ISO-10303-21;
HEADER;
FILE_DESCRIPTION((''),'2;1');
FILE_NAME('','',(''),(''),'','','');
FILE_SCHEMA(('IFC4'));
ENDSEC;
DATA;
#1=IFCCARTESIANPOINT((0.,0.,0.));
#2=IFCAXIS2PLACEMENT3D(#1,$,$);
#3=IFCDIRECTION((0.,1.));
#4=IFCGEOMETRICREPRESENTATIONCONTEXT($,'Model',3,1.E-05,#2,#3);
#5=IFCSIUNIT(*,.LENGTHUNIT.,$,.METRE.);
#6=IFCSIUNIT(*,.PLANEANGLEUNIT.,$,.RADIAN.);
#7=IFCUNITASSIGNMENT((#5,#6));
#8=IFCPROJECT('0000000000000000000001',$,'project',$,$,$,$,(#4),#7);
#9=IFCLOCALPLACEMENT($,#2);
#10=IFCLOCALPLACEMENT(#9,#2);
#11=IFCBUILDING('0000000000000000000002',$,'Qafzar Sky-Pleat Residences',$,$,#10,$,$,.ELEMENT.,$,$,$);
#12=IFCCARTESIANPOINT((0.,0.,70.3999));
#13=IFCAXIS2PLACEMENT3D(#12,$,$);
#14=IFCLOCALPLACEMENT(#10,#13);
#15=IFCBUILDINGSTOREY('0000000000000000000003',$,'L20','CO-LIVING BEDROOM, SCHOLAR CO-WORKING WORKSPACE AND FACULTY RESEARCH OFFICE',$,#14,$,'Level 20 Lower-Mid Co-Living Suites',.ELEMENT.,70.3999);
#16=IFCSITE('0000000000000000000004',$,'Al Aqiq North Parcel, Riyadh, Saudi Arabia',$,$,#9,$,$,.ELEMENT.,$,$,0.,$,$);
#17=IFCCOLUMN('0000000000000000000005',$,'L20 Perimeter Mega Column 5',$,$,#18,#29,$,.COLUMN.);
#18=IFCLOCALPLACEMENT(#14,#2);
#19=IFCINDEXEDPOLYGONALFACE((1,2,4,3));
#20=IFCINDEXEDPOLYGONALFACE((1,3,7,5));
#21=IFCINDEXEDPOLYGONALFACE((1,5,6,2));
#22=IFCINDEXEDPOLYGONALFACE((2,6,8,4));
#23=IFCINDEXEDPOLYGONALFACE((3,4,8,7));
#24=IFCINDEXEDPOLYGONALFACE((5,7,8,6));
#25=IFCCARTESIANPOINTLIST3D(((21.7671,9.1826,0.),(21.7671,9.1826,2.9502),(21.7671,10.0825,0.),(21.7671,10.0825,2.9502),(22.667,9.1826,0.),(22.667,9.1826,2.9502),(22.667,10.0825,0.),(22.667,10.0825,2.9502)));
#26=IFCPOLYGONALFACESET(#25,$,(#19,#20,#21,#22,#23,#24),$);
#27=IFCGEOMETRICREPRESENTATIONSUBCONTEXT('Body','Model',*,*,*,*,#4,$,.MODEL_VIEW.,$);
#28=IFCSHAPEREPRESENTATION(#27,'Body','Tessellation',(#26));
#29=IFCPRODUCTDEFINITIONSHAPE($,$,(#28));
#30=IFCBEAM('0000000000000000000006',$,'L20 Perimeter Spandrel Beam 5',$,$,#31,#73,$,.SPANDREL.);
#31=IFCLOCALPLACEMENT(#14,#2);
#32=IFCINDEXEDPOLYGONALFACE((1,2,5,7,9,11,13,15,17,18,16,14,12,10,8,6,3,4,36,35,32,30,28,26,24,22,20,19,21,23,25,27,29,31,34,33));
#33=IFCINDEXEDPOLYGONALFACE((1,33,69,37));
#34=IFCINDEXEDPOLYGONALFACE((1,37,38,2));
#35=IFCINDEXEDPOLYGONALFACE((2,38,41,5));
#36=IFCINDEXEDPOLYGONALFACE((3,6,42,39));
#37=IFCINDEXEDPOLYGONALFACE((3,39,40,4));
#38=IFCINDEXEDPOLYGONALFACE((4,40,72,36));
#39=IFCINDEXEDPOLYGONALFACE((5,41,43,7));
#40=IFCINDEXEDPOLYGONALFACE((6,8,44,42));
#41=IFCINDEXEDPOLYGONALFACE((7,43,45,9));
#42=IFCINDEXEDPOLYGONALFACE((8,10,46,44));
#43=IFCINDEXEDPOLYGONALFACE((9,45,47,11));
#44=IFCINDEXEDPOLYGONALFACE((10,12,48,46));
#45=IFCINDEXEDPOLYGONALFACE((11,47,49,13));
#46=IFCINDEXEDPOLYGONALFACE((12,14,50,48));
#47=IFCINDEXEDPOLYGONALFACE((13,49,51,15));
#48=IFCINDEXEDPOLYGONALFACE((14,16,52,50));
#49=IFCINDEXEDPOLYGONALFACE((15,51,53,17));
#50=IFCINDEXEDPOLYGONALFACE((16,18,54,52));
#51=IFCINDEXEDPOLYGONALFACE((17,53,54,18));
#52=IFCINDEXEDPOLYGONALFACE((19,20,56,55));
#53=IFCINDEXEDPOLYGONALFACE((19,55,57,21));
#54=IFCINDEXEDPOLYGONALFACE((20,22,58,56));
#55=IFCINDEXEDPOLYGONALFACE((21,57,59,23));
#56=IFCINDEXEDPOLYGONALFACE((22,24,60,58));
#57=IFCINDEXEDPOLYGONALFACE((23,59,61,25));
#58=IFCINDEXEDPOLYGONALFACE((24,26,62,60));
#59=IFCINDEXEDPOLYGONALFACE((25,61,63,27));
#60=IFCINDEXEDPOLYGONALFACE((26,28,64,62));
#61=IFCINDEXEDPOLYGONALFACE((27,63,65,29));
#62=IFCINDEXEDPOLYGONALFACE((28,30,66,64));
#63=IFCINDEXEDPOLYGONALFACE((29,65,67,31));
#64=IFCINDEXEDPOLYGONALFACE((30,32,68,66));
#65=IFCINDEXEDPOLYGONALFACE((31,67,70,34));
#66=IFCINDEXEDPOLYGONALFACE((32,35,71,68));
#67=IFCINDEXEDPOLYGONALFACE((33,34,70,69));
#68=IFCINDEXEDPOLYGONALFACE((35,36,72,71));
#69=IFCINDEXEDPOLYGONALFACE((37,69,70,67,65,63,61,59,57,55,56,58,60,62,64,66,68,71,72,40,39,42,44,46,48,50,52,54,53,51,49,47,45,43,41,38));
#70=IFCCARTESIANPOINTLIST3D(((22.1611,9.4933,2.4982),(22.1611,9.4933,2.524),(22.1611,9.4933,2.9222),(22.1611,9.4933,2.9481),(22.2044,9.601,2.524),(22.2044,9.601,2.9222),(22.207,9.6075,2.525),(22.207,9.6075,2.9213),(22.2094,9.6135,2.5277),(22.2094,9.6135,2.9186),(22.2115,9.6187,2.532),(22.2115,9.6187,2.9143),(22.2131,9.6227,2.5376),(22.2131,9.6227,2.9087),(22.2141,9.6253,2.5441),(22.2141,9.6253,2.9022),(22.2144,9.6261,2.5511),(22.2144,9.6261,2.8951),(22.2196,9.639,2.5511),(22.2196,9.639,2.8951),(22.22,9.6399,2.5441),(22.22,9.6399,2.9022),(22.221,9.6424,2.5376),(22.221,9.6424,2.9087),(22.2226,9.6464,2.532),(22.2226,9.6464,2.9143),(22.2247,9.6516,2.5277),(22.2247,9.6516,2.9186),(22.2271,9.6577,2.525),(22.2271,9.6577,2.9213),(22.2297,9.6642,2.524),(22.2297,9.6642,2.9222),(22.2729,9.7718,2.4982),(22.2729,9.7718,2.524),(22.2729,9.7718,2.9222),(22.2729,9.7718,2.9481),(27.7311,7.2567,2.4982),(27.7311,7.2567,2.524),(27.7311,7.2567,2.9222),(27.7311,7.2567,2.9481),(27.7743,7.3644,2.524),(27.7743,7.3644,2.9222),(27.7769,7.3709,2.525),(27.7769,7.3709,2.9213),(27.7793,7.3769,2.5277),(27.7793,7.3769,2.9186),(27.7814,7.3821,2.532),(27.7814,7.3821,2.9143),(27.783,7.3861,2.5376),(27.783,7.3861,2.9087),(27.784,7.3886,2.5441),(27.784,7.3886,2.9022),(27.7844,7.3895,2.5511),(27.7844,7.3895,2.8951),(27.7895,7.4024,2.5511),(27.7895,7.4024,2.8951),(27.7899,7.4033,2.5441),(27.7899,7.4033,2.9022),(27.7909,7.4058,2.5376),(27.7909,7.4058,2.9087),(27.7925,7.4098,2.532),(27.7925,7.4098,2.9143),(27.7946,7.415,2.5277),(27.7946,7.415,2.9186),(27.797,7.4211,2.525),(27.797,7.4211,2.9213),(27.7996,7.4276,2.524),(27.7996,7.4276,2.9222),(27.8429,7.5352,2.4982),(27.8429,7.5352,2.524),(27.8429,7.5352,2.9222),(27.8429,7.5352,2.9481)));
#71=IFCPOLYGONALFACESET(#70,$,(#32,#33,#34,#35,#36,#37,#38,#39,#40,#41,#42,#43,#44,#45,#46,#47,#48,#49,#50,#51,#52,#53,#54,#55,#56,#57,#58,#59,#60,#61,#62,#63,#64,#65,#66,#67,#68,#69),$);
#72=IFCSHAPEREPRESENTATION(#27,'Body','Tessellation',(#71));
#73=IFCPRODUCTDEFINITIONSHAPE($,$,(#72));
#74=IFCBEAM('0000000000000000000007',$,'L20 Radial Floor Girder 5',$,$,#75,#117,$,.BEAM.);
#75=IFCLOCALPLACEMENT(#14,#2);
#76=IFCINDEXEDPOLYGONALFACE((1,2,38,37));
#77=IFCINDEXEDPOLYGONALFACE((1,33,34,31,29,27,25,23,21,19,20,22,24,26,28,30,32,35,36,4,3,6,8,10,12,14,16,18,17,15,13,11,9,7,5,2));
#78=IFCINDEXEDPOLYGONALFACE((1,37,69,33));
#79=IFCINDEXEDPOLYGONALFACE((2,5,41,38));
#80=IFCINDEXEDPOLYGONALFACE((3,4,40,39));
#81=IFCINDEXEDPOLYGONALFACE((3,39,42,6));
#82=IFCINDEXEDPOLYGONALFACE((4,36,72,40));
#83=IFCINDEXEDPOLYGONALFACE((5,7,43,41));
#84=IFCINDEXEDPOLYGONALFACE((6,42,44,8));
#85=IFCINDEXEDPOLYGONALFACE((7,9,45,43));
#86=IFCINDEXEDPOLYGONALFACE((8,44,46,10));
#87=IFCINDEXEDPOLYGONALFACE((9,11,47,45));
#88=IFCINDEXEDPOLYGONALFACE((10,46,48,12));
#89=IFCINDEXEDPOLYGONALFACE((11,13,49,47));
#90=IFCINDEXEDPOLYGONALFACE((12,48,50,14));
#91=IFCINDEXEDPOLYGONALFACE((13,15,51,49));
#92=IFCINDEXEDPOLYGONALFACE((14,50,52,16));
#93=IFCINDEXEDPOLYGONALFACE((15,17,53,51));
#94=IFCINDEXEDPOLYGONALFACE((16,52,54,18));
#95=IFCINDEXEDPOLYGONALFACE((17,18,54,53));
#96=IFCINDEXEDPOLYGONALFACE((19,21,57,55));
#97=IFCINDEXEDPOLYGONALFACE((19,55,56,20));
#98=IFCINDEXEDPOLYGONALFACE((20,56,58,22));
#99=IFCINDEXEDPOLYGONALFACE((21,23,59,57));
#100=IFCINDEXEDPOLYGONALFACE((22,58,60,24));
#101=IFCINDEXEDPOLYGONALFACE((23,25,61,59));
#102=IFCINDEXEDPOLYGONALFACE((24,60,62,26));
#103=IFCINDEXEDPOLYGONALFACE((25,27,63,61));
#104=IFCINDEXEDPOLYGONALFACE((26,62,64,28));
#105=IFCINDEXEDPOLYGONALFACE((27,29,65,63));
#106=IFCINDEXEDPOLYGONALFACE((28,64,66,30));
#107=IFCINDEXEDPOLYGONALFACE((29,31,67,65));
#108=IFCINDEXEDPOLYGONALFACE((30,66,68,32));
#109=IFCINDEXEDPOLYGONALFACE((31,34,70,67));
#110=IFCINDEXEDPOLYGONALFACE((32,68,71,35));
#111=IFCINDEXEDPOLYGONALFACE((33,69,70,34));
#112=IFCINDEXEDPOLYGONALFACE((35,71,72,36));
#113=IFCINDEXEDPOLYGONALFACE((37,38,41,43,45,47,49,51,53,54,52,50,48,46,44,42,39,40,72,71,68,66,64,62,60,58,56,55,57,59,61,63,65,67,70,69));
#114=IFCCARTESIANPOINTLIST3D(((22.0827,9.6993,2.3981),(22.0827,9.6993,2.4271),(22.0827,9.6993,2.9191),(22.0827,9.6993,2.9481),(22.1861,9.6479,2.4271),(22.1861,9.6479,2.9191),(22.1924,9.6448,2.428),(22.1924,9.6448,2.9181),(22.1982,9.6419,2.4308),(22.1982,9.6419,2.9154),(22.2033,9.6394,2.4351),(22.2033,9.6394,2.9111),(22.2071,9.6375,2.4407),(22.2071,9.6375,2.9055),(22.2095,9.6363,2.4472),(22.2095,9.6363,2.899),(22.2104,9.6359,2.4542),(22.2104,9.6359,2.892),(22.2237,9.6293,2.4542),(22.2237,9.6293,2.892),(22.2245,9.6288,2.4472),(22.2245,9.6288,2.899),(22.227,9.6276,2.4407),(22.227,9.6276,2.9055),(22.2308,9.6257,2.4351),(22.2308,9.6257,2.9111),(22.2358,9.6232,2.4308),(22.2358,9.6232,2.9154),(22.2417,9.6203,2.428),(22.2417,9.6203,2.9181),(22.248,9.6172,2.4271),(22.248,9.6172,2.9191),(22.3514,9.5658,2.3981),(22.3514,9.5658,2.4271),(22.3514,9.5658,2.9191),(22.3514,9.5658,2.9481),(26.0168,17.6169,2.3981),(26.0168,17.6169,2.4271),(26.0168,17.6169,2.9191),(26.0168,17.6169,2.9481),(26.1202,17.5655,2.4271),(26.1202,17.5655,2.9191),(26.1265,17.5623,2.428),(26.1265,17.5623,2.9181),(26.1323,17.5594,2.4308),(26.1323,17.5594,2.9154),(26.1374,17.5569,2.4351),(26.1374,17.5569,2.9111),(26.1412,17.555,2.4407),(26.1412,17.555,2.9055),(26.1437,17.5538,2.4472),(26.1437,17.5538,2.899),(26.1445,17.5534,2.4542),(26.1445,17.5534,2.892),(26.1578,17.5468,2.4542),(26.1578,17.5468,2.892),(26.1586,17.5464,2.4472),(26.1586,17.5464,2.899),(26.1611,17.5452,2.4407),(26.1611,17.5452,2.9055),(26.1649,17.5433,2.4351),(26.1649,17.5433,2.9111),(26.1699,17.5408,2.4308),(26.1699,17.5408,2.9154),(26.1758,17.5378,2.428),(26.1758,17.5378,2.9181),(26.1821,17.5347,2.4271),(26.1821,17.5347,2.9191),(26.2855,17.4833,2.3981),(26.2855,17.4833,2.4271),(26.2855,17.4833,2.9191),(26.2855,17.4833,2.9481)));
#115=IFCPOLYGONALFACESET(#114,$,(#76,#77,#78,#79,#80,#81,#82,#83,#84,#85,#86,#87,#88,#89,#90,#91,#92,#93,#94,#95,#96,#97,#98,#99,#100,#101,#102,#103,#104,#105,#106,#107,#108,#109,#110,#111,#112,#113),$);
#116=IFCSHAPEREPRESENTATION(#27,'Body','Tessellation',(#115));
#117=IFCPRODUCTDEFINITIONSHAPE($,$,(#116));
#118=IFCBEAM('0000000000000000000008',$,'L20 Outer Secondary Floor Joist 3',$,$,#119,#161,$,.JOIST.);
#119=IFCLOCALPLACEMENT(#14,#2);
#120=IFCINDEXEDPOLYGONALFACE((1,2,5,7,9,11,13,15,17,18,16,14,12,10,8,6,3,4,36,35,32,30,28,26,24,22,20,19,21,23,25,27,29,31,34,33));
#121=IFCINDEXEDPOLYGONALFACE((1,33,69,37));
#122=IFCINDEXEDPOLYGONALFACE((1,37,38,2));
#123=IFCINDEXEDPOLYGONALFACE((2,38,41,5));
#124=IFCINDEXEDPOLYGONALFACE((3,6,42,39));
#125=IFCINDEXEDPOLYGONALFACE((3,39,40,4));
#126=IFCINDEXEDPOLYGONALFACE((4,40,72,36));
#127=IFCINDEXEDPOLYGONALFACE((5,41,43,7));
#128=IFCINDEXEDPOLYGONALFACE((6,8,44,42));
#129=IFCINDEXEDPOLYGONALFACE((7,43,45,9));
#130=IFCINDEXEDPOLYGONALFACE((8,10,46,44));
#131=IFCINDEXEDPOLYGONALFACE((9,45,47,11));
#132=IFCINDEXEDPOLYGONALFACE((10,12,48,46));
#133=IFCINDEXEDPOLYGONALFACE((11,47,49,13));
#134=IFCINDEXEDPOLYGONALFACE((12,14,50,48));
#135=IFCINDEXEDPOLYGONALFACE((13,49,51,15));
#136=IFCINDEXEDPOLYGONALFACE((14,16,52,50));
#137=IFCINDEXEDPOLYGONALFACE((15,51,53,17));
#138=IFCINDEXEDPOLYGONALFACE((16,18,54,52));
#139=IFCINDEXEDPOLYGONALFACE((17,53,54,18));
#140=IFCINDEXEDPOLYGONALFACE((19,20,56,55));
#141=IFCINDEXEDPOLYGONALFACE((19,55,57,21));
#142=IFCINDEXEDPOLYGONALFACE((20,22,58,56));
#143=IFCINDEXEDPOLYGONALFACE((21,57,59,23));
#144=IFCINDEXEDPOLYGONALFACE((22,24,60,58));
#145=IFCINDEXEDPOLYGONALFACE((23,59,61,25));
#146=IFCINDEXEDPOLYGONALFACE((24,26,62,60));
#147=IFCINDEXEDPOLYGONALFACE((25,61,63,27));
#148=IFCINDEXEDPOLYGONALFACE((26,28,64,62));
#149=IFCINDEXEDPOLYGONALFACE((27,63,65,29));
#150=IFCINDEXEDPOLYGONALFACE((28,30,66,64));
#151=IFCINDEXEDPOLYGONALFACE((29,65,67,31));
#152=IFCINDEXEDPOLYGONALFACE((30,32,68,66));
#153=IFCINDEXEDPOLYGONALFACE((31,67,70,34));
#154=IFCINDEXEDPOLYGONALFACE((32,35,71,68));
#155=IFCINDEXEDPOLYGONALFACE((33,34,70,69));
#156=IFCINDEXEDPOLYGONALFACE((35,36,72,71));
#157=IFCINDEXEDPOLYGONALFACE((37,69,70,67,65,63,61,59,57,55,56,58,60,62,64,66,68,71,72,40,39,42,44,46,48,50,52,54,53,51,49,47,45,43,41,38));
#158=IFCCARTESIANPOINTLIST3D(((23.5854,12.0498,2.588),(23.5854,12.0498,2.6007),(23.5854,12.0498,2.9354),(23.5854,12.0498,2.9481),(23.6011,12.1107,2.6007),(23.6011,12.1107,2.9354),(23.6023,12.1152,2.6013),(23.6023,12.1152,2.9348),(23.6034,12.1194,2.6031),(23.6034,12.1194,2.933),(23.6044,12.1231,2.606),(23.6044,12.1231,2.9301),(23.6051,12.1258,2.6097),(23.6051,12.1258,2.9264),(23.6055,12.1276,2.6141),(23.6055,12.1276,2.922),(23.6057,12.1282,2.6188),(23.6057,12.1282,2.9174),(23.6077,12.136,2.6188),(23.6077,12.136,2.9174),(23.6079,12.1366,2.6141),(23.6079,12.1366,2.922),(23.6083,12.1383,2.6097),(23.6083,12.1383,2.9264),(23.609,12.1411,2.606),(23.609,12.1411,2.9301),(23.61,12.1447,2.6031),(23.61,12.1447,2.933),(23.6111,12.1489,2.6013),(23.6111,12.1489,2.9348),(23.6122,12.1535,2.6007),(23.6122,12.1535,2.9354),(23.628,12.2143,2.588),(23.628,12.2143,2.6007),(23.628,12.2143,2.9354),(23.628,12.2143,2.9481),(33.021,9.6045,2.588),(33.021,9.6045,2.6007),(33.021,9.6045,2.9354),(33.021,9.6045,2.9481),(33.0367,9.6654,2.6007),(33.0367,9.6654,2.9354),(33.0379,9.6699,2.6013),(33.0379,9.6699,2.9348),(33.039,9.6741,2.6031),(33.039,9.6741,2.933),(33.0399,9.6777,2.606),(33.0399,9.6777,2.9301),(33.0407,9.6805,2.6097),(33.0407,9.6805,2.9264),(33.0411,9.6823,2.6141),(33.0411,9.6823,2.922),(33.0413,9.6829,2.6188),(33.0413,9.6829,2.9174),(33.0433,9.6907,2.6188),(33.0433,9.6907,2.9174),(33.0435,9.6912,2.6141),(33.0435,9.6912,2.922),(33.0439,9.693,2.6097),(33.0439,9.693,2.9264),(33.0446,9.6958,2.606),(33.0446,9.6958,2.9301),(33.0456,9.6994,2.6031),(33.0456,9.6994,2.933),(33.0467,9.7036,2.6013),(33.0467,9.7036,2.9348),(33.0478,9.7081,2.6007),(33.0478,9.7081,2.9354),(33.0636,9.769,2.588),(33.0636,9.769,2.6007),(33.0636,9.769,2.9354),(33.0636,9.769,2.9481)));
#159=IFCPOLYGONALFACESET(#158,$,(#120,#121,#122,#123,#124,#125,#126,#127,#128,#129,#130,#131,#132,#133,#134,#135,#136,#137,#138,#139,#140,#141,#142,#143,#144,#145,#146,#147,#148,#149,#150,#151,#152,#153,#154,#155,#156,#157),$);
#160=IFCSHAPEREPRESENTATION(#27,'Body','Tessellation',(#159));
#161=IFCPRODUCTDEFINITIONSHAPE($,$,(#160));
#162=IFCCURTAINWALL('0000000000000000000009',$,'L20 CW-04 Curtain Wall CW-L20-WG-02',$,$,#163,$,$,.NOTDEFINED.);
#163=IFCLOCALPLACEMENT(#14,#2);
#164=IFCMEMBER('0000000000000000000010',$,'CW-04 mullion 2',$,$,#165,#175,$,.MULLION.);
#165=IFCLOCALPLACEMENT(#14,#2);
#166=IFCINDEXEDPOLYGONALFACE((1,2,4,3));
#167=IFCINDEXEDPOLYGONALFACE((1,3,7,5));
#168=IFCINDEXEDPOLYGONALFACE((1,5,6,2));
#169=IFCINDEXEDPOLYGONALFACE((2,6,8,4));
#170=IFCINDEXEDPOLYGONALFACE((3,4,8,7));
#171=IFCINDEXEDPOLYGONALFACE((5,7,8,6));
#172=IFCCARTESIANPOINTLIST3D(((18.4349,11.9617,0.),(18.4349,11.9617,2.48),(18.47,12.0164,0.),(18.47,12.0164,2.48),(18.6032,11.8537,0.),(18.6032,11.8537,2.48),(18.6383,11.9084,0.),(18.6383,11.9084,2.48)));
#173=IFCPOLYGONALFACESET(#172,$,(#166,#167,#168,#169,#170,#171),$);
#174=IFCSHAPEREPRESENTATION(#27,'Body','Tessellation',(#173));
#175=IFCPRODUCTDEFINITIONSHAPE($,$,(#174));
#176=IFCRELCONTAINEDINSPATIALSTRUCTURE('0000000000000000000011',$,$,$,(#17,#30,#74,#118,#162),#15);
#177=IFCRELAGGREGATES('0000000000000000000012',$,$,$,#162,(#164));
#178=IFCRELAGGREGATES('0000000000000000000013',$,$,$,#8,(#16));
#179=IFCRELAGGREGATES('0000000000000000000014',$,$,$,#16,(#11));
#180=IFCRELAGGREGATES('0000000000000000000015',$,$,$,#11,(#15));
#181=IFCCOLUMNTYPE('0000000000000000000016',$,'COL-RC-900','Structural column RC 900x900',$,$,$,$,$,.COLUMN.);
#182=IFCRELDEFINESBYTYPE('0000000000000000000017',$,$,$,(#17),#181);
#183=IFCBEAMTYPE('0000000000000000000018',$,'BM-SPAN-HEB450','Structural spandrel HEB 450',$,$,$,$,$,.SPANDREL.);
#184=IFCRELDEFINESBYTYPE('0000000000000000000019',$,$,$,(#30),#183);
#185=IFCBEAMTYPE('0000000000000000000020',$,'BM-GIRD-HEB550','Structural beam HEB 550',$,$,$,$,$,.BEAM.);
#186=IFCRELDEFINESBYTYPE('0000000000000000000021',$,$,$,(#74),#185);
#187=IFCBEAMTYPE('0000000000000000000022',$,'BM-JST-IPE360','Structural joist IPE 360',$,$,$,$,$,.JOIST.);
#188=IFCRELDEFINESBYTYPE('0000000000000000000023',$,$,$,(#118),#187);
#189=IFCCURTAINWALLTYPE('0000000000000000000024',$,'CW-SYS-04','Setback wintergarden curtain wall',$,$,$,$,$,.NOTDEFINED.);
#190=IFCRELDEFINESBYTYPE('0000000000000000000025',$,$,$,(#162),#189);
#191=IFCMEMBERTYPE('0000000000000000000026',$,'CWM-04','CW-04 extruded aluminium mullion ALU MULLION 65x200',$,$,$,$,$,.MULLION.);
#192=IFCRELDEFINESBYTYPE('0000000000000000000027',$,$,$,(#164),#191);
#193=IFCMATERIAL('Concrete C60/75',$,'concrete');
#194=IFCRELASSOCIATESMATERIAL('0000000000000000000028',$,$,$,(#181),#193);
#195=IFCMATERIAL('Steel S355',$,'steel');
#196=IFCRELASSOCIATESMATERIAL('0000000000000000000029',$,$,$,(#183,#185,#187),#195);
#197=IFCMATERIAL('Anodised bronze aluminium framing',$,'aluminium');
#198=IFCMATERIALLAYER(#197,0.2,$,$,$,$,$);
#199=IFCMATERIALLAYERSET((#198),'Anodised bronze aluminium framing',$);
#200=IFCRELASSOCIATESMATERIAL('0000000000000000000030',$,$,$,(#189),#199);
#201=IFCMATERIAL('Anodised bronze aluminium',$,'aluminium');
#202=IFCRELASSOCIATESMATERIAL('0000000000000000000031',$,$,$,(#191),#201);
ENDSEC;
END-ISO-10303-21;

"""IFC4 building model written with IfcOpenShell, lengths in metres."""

from ifc_helpers import new_model, si_unit, direction, frame, origin, origin_2d, place, context, subcontext, project, spatial, rectangle, i_section, extrude, source, transform, mapped, material, layer, layer_set, material_profile, profile_set, type_object, element, aggregate, save


model = new_model("IFC4")

# Units and contexts
model_context = context("Model", 3, precision=1e-05, world=origin(), true_north=direction((0.0, 1.0)))
body_context = subcontext(model_context, "Body", "Model", "MODEL_VIEW")
ifc_project = project(units=[si_unit("LENGTHUNIT", "METRE"), si_unit("PLANEANGLEUNIT", "RADIAN")], contexts=[model_context])

# Site, building, storey
site_placement = place(None, origin())
site = spatial("IfcSite", under=ifc_project, at=site_placement, Name="Al Aqiq North Parcel, Riyadh, Saudi Arabia", CompositionType="ELEMENT", RefElevation=0.0)
building_placement = place(site_placement, origin())
building = spatial("IfcBuilding", under=site, at=building_placement, Name="Qafzar Sky-Pleat Residences", CompositionType="ELEMENT")
storey_placement = place(building_placement, frame((0.0, 0.0, 70.3999)))
storey = spatial("IfcBuildingStorey", under=building, at=storey_placement, Name="L20", Description="CO-LIVING BEDROOM, SCHOLAR CO-WORKING WORKSPACE AND FACULTY RESEARCH OFFICE", LongName="Level 20 Lower-Mid Co-Living Suites", CompositionType="ELEMENT", Elevation=70.3999)

# Column
ifc_material_1 = material(Name="Concrete C60/75", Category="concrete")
ifc_material_profile_1 = material_profile(ifc_material_1, rectangle(XDim=0.8999, YDim=0.8999, at=origin_2d()), Name="RC 900x900")
ifc_profile_set_1 = profile_set([ifc_material_profile_1], Name="Concrete C60/75")
column_type = type_object("IfcColumnType", Name="COL-RC-900", Description="Structural column RC 900x900", PredefinedType="COLUMN", material=ifc_profile_set_1)
shared_shape_1 = source(origin(), body_context, "Body", "SweptSolid", [
    extrude(rectangle(XDim=0.8999, YDim=0.8999, at=origin_2d()), origin(), (0.0, 0.0, 1.0), 2.9502),
])
column_placement = place(storey_placement, frame((22.217, 9.6326, 0.0), z_axis=(0.0, 0.0, 1.0), x_axis=(1.0, 0.0, 0.0)))
element("IfcColumn", 1, at=column_placement, inside=storey, type_object=column_type, Name="L20 Perimeter Mega Column 5", PredefinedType="COLUMN", context=body_context, shape_type="MappedRepresentation", body=[
    mapped(shared_shape_1, transform((0.0, 0.0, 0.0), x_axis=(1.0, 0.0, 0.0), y_axis=(0.0, 1.0, 0.0), z_axis=(0.0, 0.0, 1.0), scale=1.0)),
])

# Beams
ifc_material_2 = material(Name="Steel S355", Category="steel")
ifc_material_profile_2 = material_profile(ifc_material_2, i_section(OverallWidth=0.3, OverallDepth=0.45, WebThickness=0.0139, FlangeThickness=0.0259, FilletRadius=0.0271, at=origin_2d()), Name="HEB 450")
ifc_profile_set_2 = profile_set([ifc_material_profile_2], Name="Steel S355")
beam_type_1 = type_object("IfcBeamType", Name="BM-SPAN-HEB450", Description="Structural spandrel HEB 450", PredefinedType="SPANDREL", material=ifc_profile_set_2)
shared_shape_2 = source(origin(), body_context, "Body", "SweptSolid", [
    extrude(i_section(OverallWidth=0.3, OverallDepth=0.45, WebThickness=0.0139, FlangeThickness=0.0259, FilletRadius=0.0271, at=origin_2d()), origin(), (0.0, 0.0, 1.0), 6.0022),
])
beam_1_placement = place(storey_placement, frame((22.217, 9.6326, 2.7231), z_axis=(0.927979, -0.372632, 0.0), x_axis=(0.372632, 0.927979, 0.0)))
element("IfcBeam", 2, at=beam_1_placement, inside=storey, type_object=beam_type_1, Name="L20 Perimeter Spandrel Beam 5", PredefinedType="SPANDREL", context=body_context, shape_type="MappedRepresentation", body=[
    mapped(shared_shape_2, transform((0.0, 0.0, 0.0), x_axis=(1.0, 0.0, 0.0), y_axis=(0.0, 1.0, 0.0), z_axis=(0.0, 0.0, 1.0), scale=1.0)),
])
ifc_material_profile_3 = material_profile(ifc_material_2, i_section(OverallWidth=0.3, OverallDepth=0.55, WebThickness=0.0149, FlangeThickness=0.0291, FilletRadius=0.0271, at=origin_2d()), Name="HEB 550")
ifc_profile_set_3 = profile_set([ifc_material_profile_3], Name="Steel S355")
beam_type_2 = type_object("IfcBeamType", Name="BM-GIRD-HEB550", Description="Structural beam HEB 550", PredefinedType="BEAM", material=ifc_profile_set_3)
shared_shape_3 = source(origin(), body_context, "Body", "SweptSolid", [
    extrude(i_section(OverallWidth=0.3, OverallDepth=0.55, WebThickness=0.0149, FlangeThickness=0.0291, FilletRadius=0.0271, at=origin_2d()), origin(), (0.0, 0.0, 1.0), 8.8411),
])
beam_2_placement = place(storey_placement, frame((22.217, 9.6326, 2.6731), z_axis=(0.444981, 0.89554, 0.0), x_axis=(-0.89554, 0.444981, 0.0)))
element("IfcBeam", 3, at=beam_2_placement, inside=storey, type_object=beam_type_2, Name="L20 Radial Floor Girder 5", PredefinedType="BEAM", context=body_context, shape_type="MappedRepresentation", body=[
    mapped(shared_shape_3, transform((0.0, 0.0, 0.0), x_axis=(1.0, 0.0, 0.0), y_axis=(0.0, 1.0, 0.0), z_axis=(0.0, 0.0, 1.0), scale=1.0)),
])
ifc_material_profile_4 = material_profile(ifc_material_2, i_section(OverallWidth=0.1699, OverallDepth=0.3601, WebThickness=0.0081, FlangeThickness=0.0127, FilletRadius=0.0181, at=origin_2d()), Name="IPE 360")
ifc_profile_set_4 = profile_set([ifc_material_profile_4], Name="Steel S355")
beam_type_3 = type_object("IfcBeamType", Name="BM-JST-IPE360", Description="Structural joist IPE 360", PredefinedType="JOIST", material=ifc_profile_set_4)
shared_shape_4 = source(origin(), body_context, "Body", "SweptSolid", [
    extrude(i_section(OverallWidth=0.1699, OverallDepth=0.3601, WebThickness=0.0081, FlangeThickness=0.0127, FilletRadius=0.0181, at=origin_2d()), origin(), (0.0, 0.0, 1.0), 9.7473),
])
beam_3_placement = place(storey_placement, frame((23.6067, 12.1321, 2.7681), z_axis=(0.96802, -0.250872, 0.0), x_axis=(0.250872, 0.96802, 0.0)))
element("IfcBeam", 4, at=beam_3_placement, inside=storey, type_object=beam_type_3, Name="L20 Outer Secondary Floor Joist 3", PredefinedType="JOIST", context=body_context, shape_type="MappedRepresentation", body=[
    mapped(shared_shape_4, transform((0.0, 0.0, 0.0), x_axis=(1.0, 0.0, 0.0), y_axis=(0.0, 1.0, 0.0), z_axis=(0.0, 0.0, 1.0), scale=1.0)),
])

# Curtain wall, member
ifc_material_3 = material(Name="Anodised bronze aluminium framing", Category="aluminium")
ifc_layer_1 = layer(ifc_material_3, 0.2)
ifc_layer_set_1 = layer_set([ifc_layer_1], Name="Anodised bronze aluminium framing")
curtain_wall_type = type_object("IfcCurtainWallType", Name="CW-SYS-04", Description="Setback wintergarden curtain wall", PredefinedType="NOTDEFINED", material=ifc_layer_set_1)
curtain_wall_placement = place(storey_placement, origin())
curtain_wall = element("IfcCurtainWall", 5, at=curtain_wall_placement, inside=storey, type_object=curtain_wall_type, Name="L20 CW-04 Curtain Wall CW-L20-WG-02", PredefinedType="NOTDEFINED")
ifc_material_4 = material(Name="Anodised bronze aluminium", Category="aluminium")
ifc_material_profile_5 = material_profile(ifc_material_4, rectangle(XDim=0.0649, YDim=0.2, at=origin_2d()), Name="ALU MULLION 65x200")
ifc_profile_set_5 = profile_set([ifc_material_profile_5], Name="Anodised bronze aluminium")
member_type_1 = type_object("IfcMemberType", Name="CWM-04", Description="CW-04 extruded aluminium mullion ALU MULLION 65x200", PredefinedType="MULLION", material=ifc_profile_set_5)
shared_shape_5 = source(origin(), body_context, "Body", "SweptSolid", [
    extrude(rectangle(XDim=0.0649, YDim=0.2, at=origin_2d()), origin(), (0.0, 0.0, 1.0), 2.48),
])
member_1_placement = place(storey_placement, frame((18.5366, 11.9351, 0.0), z_axis=(0.0, 0.0, 1.0), x_axis=(0.540148, 0.84157, 0.0)))
member_1 = element("IfcMember", 6, at=member_1_placement, type_object=member_type_1, Name="CW-04 mullion 2", PredefinedType="MULLION", context=body_context, shape_type="MappedRepresentation", body=[
    mapped(shared_shape_5, transform((0.0, 0.0, 0.0), x_axis=(1.0, 0.0, 0.0), y_axis=(0.0, 1.0, 0.0), z_axis=(0.0, 0.0, 1.0), scale=1.0)),
])
aggregate(curtain_wall, [member_1])

save(model, "model.ifc")
